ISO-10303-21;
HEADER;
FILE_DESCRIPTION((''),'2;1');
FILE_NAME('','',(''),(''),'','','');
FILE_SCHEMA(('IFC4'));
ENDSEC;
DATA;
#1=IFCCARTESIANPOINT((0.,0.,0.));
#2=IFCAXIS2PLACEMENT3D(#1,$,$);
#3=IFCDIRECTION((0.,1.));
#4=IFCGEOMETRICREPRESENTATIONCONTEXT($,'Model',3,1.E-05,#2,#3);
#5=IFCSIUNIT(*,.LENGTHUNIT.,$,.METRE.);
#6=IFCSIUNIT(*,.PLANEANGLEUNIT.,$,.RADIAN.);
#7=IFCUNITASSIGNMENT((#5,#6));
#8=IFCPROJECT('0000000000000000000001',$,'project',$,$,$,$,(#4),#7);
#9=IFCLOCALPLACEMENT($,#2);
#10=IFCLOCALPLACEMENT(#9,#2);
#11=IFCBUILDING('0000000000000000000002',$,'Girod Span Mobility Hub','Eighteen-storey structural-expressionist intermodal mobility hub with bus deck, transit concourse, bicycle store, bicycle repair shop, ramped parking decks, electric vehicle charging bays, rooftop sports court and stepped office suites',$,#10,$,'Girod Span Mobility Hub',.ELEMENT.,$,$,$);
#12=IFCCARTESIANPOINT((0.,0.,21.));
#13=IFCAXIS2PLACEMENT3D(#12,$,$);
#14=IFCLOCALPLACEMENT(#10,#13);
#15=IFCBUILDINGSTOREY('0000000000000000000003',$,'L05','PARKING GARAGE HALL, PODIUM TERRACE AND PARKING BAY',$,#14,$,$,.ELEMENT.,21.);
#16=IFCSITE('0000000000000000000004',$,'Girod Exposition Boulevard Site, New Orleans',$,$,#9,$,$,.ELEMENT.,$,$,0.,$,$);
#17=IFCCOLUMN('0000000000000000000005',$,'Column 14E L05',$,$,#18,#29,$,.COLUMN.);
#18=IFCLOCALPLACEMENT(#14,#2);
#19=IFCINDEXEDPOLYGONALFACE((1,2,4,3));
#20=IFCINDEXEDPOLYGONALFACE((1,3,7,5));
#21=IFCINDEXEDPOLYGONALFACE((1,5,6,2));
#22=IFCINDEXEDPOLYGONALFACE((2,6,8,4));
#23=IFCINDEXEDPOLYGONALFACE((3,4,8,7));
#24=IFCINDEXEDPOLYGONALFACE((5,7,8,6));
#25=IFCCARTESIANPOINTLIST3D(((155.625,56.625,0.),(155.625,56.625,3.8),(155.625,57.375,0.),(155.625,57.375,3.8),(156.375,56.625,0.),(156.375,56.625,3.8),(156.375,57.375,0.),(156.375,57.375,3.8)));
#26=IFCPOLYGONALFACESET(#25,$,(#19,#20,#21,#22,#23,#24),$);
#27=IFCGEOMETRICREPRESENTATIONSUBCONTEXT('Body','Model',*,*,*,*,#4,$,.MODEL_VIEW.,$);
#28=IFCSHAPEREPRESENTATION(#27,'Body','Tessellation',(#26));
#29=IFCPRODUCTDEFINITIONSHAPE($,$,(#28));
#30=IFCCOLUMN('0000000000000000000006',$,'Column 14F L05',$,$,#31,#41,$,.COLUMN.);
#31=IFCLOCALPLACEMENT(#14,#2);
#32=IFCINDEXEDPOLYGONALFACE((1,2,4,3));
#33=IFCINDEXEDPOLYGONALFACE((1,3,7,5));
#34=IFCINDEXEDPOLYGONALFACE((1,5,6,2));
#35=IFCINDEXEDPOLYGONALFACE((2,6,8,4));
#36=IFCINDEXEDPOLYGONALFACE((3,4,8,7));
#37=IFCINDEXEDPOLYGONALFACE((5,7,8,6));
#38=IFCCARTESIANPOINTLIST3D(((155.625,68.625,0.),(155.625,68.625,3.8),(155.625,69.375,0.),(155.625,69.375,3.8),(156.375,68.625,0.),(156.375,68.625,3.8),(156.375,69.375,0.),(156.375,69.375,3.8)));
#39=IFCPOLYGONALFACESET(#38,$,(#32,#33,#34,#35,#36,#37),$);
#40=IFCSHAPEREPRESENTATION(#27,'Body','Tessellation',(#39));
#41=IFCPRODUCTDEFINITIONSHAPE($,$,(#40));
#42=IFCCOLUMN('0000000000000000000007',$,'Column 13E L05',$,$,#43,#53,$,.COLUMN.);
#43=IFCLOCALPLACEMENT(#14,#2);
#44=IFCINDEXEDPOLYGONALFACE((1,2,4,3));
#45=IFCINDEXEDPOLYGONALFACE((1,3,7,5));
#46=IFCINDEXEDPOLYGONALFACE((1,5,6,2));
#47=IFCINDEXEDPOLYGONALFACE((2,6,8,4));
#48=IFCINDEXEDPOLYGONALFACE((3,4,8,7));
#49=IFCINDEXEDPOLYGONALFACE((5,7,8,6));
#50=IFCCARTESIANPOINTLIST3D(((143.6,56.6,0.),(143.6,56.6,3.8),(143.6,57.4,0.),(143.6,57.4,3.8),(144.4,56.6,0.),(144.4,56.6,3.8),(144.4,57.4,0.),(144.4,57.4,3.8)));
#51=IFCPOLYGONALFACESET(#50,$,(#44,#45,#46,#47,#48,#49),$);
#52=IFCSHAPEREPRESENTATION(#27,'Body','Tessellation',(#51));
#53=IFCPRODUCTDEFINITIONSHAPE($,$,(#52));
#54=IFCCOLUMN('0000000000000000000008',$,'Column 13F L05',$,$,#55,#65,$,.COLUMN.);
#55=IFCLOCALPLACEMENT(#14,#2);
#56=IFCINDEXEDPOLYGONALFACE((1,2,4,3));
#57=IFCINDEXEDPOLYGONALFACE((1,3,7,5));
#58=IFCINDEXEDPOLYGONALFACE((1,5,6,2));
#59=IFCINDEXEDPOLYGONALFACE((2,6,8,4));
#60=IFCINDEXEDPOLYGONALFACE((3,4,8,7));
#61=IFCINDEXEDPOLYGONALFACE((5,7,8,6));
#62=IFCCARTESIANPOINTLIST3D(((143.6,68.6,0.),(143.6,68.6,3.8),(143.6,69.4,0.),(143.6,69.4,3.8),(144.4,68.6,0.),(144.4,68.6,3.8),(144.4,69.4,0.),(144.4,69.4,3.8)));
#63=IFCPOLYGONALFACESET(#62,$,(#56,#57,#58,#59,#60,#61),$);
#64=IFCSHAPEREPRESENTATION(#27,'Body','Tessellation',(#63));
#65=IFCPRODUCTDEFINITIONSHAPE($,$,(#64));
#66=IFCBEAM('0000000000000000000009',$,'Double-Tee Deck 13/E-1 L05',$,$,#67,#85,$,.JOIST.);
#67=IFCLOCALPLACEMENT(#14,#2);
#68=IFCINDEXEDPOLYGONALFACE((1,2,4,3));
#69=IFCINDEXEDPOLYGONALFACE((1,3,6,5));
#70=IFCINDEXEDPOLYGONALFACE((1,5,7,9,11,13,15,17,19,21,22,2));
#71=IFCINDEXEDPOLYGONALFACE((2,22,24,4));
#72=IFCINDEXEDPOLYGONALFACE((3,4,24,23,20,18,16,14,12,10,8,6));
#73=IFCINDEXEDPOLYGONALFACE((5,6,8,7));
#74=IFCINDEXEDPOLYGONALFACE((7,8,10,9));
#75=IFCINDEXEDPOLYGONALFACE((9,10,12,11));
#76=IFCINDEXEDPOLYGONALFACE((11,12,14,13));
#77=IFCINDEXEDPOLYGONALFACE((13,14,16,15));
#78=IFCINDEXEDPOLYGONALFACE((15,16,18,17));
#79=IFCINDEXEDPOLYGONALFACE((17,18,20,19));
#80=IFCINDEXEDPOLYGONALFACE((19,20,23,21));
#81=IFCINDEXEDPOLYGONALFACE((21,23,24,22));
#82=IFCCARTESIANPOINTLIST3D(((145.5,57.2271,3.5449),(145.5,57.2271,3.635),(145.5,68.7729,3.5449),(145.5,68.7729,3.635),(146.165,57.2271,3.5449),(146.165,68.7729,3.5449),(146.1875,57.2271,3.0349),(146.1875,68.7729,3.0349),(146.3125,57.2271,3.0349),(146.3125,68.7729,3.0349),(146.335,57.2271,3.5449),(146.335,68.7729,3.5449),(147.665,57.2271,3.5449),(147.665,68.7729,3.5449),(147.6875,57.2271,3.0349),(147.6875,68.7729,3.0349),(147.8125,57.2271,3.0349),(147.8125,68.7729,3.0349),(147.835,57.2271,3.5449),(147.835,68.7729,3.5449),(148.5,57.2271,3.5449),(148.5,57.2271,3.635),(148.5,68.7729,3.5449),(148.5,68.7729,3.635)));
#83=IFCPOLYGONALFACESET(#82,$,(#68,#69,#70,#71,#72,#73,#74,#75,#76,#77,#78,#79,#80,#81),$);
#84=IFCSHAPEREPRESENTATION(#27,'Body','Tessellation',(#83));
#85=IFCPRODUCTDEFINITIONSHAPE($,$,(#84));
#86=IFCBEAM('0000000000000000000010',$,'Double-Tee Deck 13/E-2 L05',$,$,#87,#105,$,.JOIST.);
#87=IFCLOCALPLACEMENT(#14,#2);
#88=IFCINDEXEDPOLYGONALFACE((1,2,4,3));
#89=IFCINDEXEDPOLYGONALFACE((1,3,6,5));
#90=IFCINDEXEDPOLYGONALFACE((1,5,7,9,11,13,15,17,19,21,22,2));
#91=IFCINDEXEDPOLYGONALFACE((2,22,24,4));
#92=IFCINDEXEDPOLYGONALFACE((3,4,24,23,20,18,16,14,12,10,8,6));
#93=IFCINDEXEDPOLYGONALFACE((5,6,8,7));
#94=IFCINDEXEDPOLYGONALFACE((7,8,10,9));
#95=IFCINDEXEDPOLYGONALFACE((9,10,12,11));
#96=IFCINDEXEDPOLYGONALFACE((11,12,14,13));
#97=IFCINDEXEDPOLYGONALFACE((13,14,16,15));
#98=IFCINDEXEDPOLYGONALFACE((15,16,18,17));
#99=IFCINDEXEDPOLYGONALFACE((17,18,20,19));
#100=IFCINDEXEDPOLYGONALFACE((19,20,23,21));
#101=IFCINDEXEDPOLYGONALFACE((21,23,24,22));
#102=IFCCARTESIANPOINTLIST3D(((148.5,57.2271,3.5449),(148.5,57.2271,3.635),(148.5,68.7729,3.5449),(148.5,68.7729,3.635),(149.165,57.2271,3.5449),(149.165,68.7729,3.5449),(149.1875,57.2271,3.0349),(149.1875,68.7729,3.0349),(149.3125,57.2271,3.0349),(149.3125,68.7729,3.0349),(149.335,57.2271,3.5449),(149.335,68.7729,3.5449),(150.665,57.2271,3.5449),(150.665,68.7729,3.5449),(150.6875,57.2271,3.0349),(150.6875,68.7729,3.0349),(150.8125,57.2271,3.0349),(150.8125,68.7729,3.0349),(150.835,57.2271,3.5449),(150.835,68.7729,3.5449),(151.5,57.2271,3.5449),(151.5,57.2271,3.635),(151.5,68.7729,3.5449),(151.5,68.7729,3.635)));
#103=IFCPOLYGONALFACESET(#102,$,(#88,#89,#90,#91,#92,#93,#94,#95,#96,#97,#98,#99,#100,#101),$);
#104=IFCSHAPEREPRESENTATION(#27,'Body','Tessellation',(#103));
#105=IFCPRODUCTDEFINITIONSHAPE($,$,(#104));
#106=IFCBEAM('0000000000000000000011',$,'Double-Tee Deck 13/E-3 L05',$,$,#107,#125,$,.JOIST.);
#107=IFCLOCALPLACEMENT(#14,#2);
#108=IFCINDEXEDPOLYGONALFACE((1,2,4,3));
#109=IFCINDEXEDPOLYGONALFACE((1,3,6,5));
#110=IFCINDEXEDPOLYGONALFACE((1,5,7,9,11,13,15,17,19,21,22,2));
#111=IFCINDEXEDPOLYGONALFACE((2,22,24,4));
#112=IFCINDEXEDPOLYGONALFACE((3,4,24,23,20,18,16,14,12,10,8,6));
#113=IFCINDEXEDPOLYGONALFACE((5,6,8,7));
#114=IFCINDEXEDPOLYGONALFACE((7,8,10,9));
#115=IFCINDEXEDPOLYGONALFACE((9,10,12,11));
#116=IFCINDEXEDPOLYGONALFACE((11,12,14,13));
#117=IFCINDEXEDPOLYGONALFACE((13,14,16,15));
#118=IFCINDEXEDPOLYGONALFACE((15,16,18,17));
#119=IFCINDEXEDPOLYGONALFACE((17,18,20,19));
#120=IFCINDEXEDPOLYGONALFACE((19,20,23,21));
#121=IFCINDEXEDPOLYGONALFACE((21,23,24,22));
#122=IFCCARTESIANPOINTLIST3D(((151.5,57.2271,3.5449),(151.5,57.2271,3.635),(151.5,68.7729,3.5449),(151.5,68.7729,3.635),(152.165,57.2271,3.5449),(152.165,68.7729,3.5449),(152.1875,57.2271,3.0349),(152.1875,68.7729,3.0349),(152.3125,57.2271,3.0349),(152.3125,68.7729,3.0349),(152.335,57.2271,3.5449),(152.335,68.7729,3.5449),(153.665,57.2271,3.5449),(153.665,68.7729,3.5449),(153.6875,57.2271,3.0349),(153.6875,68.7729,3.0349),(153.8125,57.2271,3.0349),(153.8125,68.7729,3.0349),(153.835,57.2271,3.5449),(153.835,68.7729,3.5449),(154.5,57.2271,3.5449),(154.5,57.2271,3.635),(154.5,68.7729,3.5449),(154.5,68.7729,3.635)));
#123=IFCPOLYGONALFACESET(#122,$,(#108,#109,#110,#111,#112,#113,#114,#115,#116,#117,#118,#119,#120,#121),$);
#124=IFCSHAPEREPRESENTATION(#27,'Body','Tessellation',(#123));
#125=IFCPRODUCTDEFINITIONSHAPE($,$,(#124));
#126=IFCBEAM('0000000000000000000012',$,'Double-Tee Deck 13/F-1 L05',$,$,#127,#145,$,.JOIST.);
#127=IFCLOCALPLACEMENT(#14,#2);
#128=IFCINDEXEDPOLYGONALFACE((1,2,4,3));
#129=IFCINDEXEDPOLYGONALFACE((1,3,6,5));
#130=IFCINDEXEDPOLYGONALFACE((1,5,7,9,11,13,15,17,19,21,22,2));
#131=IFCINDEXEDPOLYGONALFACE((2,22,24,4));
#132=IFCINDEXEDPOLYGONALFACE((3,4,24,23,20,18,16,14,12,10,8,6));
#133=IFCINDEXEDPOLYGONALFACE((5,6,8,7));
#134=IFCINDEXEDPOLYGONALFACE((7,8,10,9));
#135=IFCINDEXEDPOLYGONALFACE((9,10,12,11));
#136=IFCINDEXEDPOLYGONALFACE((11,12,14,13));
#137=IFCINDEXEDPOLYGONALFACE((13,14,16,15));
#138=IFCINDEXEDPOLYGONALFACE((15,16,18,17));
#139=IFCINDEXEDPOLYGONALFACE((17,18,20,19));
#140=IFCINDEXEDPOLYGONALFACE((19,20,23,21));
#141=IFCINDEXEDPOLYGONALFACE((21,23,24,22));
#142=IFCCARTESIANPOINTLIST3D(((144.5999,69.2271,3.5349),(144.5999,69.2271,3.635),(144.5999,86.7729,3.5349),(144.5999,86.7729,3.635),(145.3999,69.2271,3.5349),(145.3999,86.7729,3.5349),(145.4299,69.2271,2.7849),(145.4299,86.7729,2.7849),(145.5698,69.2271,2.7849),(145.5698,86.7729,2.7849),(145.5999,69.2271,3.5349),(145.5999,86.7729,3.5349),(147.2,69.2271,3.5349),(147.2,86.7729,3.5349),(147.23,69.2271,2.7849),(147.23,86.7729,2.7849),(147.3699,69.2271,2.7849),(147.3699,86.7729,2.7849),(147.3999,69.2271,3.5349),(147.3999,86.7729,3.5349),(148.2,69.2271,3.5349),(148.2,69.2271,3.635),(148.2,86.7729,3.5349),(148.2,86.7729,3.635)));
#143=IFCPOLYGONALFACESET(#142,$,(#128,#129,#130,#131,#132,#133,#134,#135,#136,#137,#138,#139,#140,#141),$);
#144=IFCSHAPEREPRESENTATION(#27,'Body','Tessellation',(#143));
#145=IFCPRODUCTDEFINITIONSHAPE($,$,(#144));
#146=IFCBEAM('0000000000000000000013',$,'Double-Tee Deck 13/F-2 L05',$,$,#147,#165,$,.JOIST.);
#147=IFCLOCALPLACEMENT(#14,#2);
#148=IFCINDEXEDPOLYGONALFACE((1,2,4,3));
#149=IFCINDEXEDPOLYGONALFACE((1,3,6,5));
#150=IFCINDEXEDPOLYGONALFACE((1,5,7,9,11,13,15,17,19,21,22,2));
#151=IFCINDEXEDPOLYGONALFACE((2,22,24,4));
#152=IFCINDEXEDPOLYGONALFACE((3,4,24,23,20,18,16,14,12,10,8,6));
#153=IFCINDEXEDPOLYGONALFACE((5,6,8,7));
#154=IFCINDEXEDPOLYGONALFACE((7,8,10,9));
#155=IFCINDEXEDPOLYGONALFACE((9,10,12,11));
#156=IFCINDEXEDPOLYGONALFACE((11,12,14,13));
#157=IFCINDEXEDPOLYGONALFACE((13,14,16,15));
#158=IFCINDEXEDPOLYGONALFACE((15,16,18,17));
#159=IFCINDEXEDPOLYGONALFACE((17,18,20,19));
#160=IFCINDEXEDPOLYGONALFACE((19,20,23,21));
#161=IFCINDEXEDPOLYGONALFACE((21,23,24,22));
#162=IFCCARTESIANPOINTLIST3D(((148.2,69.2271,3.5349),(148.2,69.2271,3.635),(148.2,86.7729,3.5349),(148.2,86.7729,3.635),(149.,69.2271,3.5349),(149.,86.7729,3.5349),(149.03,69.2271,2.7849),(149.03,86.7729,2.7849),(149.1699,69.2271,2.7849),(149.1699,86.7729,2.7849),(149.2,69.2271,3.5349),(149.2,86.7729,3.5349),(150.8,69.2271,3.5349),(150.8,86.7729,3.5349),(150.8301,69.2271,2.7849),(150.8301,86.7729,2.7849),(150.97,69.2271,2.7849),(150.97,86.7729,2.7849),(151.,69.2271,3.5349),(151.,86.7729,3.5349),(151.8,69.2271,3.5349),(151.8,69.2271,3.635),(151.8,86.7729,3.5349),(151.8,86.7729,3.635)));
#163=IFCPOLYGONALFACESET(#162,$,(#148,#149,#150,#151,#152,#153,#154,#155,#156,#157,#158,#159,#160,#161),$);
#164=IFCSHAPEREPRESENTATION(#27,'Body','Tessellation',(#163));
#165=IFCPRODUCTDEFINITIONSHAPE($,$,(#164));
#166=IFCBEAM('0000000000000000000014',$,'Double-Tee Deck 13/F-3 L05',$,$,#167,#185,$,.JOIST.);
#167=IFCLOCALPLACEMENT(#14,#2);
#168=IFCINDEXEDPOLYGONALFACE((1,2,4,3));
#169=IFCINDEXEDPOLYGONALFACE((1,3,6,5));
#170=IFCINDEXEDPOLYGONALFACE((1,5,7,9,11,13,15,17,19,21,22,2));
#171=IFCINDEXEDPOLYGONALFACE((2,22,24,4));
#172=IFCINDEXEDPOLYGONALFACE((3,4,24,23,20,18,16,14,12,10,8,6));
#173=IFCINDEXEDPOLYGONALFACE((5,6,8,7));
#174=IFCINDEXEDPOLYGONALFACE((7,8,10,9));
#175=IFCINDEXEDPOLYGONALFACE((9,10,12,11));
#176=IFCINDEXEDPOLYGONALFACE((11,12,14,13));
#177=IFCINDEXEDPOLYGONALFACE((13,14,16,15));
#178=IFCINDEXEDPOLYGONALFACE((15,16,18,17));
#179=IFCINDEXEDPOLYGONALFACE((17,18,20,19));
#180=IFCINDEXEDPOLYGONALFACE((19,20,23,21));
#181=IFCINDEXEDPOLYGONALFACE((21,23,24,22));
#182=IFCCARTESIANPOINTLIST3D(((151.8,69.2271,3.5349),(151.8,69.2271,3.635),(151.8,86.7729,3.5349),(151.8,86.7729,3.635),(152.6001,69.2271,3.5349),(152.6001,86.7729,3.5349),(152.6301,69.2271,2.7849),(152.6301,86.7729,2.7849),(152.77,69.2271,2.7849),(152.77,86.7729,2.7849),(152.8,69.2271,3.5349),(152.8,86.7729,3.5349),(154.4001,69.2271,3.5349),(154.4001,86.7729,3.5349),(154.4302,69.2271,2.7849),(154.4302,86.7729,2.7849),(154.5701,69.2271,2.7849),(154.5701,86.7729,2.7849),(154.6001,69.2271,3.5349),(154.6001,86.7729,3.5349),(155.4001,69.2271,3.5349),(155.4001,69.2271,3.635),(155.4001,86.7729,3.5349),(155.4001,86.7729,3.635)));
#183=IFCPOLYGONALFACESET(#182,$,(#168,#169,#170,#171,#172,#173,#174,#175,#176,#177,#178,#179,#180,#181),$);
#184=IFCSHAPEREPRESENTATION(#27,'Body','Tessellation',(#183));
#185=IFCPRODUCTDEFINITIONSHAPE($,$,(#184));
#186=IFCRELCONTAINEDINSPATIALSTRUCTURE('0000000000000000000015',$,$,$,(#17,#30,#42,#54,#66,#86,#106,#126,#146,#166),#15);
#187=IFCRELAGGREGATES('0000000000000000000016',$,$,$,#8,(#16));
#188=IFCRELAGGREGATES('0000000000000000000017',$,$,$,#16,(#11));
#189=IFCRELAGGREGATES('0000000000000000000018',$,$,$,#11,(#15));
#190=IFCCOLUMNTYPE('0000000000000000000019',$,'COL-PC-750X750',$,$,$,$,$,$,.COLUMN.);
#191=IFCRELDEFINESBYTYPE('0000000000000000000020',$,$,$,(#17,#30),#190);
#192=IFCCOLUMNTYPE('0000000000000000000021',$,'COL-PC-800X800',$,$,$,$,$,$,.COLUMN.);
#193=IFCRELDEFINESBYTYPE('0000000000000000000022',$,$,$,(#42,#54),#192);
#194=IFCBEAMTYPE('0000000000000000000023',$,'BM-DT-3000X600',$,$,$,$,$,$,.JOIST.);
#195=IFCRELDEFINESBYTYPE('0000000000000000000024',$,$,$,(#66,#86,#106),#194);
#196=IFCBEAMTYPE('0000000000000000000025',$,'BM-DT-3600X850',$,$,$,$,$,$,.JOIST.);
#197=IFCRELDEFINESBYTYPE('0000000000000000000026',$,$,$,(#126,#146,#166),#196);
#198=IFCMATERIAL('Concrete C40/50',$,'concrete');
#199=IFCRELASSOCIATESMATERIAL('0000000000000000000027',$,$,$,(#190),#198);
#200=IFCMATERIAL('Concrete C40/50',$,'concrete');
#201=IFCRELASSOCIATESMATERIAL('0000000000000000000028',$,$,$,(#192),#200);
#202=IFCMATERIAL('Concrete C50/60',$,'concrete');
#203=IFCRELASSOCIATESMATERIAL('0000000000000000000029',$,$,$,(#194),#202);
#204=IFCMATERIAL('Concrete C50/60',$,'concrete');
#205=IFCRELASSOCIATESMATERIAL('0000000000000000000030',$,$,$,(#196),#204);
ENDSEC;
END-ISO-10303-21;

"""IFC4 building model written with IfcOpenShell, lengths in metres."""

from ifc_helpers import new_model, si_unit, direction, frame, origin, origin_2d, place, context, subcontext, project, spatial, polyline, rectangle, outline, extrude, material, material_profile, profile_set, type_object, element, save


model = new_model("IFC4")

# Units and contexts
model_context = context("Model", 3, precision=1e-05, world=origin(), true_north=direction((0.0, 1.0)))
body_context = subcontext(model_context, "Body", "Model", "MODEL_VIEW")
ifc_project = project(units=[si_unit("LENGTHUNIT", "METRE"), si_unit("PLANEANGLEUNIT", "RADIAN")], contexts=[model_context])

# Site, building, storey
site_placement = place(None, origin())
site = spatial("IfcSite", under=ifc_project, at=site_placement, Name="Girod Exposition Boulevard Site, New Orleans", CompositionType="ELEMENT", RefElevation=0.0)
building_placement = place(site_placement, origin())
building = spatial("IfcBuilding", under=site, at=building_placement, Name="Girod Span Mobility Hub", Description="Eighteen-storey structural-expressionist intermodal mobility hub with bus deck, transit concourse, bicycle store, bicycle repair shop, ramped parking decks, electric vehicle charging bays, rooftop sports court and stepped office suites", LongName="Girod Span Mobility Hub", CompositionType="ELEMENT")
storey_placement = place(building_placement, frame((0.0, 0.0, 21.0)))
storey = spatial("IfcBuildingStorey", under=building, at=storey_placement, Name="L05", Description="PARKING GARAGE HALL, PODIUM TERRACE AND PARKING BAY", CompositionType="ELEMENT", Elevation=21.0)

# Columns
ifc_material_1 = material(Name="Concrete C40/50", Category="concrete")
ifc_material_profile_1 = material_profile(ifc_material_1, rectangle(XDim=0.75, YDim=0.75, at=origin_2d()), Name="PC-COL-750X750")
ifc_profile_set_1 = profile_set([ifc_material_profile_1], Name="Concrete C40/50")
column_type_1 = type_object("IfcColumnType", Name="COL-PC-750X750", PredefinedType="COLUMN", material=ifc_profile_set_1)
for number, where, z_axis, x_axis, name in (
    (1, (156.0, 57.0, 0.0), (0.0, 0.0, 1.0), (1.0, 0.0, 0.0), "Column 14E L05"),
    (2, (156.0, 69.0, 0.0), (0.0, 0.0, 1.0), (1.0, 0.0, 0.0), "Column 14F L05"),
):
    element("IfcColumn", number, at=place(storey_placement, frame(where, z_axis=z_axis, x_axis=x_axis)), inside=storey, type_object=column_type_1, Name=name, PredefinedType="COLUMN", context=body_context, shape_type="SweptSolid", body=[
        extrude(rectangle(XDim=0.75, YDim=0.75, at=origin_2d()), origin(), (0.0, 0.0, 1.0), 3.8),
    ])
ifc_material_2 = material(Name="Concrete C40/50", Category="concrete")
ifc_material_profile_2 = material_profile(ifc_material_2, rectangle(XDim=0.8, YDim=0.8, at=origin_2d()), Name="PC-COL-800X800")
ifc_profile_set_2 = profile_set([ifc_material_profile_2], Name="Concrete C40/50")
column_type_2 = type_object("IfcColumnType", Name="COL-PC-800X800", PredefinedType="COLUMN", material=ifc_profile_set_2)
for number, where, z_axis, x_axis, name in (
    (3, (144.0, 57.0, 0.0), (0.0, 0.0, 1.0), (1.0, 0.0, 0.0), "Column 13E L05"),
    (4, (144.0, 69.0, 0.0), (0.0, 0.0, 1.0), (1.0, 0.0, 0.0), "Column 13F L05"),
):
    element("IfcColumn", number, at=place(storey_placement, frame(where, z_axis=z_axis, x_axis=x_axis)), inside=storey, type_object=column_type_2, Name=name, PredefinedType="COLUMN", context=body_context, shape_type="SweptSolid", body=[
        extrude(rectangle(XDim=0.8, YDim=0.8, at=origin_2d()), origin(), (0.0, 0.0, 1.0), 3.8),
    ])

# Beams
ifc_material_3 = material(Name="Concrete C50/60", Category="concrete")
ifc_material_profile_3 = material_profile(ifc_material_3, outline(polyline([(-1.5, 0.3), (-1.5, 0.21), (-0.835, 0.21), (-0.8125, -0.3), (-0.6875, -0.3), (-0.665, 0.21), (0.665, 0.21), (0.6875, -0.3), (0.8125, -0.3), (0.835, 0.21), (1.5, 0.21), (1.5, 0.3), (-1.5, 0.3)])), Name="DT-3000X600")
ifc_profile_set_3 = profile_set([ifc_material_profile_3], Name="Concrete C50/60")
beam_type_1 = type_object("IfcBeamType", Name="BM-DT-3000X600", PredefinedType="JOIST", material=ifc_profile_set_3)
for number, where, z_axis, x_axis, name in (
    (5, (147.0, 57.2271, 3.335), (0.0, 1.0, 0.0), (-1.0, 0.0, 0.0), "Double-Tee Deck 13/E-1 L05"),
    (6, (150.0, 57.2271, 3.335), (0.0, 1.0, 0.0), (-1.0, 0.0, 0.0), "Double-Tee Deck 13/E-2 L05"),
    (7, (153.0, 57.2271, 3.335), (0.0, 1.0, 0.0), (-1.0, 0.0, 0.0), "Double-Tee Deck 13/E-3 L05"),
):
    element("IfcBeam", number, at=place(storey_placement, frame(where, z_axis=z_axis, x_axis=x_axis)), inside=storey, type_object=beam_type_1, Name=name, PredefinedType="JOIST", context=body_context, shape_type="SweptSolid", body=[
        extrude(outline(polyline([(-1.5, 0.3), (-1.5, 0.21), (-0.835, 0.21), (-0.8125, -0.3), (-0.6875, -0.3), (-0.665, 0.21), (0.665, 0.21), (0.6875, -0.3), (0.8125, -0.3), (0.835, 0.21), (1.5, 0.21), (1.5, 0.3), (-1.5, 0.3)])), origin(), (0.0, 0.0, 1.0), 11.5459),
    ])
ifc_material_4 = material(Name="Concrete C50/60", Category="concrete")
ifc_material_profile_4 = material_profile(ifc_material_4, outline(polyline([(-1.8, 0.425), (-1.8, 0.325), (-1.0, 0.325), (-0.97, -0.425), (-0.8301, -0.425), (-0.8, 0.325), (0.8, 0.325), (0.8301, -0.425), (0.97, -0.425), (1.0, 0.325), (1.8, 0.325), (1.8, 0.425), (-1.8, 0.425)])), Name="DT-3600X850")
ifc_profile_set_4 = profile_set([ifc_material_profile_4], Name="Concrete C50/60")
beam_type_2 = type_object("IfcBeamType", Name="BM-DT-3600X850", PredefinedType="JOIST", material=ifc_profile_set_4)
for number, where, z_axis, x_axis, name in (
    (8, (146.3999, 69.2271, 3.21), (0.0, 1.0, 0.0), (-1.0, 0.0, 0.0), "Double-Tee Deck 13/F-1 L05"),
    (9, (150.0, 69.2271, 3.21), (0.0, 1.0, 0.0), (-1.0, 0.0, 0.0), "Double-Tee Deck 13/F-2 L05"),
    (10, (153.6001, 69.2271, 3.21), (0.0, 1.0, 0.0), (-1.0, 0.0, 0.0), "Double-Tee Deck 13/F-3 L05"),
):
    element("IfcBeam", number, at=place(storey_placement, frame(where, z_axis=z_axis, x_axis=x_axis)), inside=storey, type_object=beam_type_2, Name=name, PredefinedType="JOIST", context=body_context, shape_type="SweptSolid", body=[
        extrude(outline(polyline([(-1.8, 0.425), (-1.8, 0.325), (-1.0, 0.325), (-0.97, -0.425), (-0.8301, -0.425), (-0.8, 0.325), (0.8, 0.325), (0.8301, -0.425), (0.97, -0.425), (1.0, 0.325), (1.8, 0.325), (1.8, 0.425), (-1.8, 0.425)])), origin(), (0.0, 0.0, 1.0), 17.5459),
    ])

save(model, "model.ifc")
